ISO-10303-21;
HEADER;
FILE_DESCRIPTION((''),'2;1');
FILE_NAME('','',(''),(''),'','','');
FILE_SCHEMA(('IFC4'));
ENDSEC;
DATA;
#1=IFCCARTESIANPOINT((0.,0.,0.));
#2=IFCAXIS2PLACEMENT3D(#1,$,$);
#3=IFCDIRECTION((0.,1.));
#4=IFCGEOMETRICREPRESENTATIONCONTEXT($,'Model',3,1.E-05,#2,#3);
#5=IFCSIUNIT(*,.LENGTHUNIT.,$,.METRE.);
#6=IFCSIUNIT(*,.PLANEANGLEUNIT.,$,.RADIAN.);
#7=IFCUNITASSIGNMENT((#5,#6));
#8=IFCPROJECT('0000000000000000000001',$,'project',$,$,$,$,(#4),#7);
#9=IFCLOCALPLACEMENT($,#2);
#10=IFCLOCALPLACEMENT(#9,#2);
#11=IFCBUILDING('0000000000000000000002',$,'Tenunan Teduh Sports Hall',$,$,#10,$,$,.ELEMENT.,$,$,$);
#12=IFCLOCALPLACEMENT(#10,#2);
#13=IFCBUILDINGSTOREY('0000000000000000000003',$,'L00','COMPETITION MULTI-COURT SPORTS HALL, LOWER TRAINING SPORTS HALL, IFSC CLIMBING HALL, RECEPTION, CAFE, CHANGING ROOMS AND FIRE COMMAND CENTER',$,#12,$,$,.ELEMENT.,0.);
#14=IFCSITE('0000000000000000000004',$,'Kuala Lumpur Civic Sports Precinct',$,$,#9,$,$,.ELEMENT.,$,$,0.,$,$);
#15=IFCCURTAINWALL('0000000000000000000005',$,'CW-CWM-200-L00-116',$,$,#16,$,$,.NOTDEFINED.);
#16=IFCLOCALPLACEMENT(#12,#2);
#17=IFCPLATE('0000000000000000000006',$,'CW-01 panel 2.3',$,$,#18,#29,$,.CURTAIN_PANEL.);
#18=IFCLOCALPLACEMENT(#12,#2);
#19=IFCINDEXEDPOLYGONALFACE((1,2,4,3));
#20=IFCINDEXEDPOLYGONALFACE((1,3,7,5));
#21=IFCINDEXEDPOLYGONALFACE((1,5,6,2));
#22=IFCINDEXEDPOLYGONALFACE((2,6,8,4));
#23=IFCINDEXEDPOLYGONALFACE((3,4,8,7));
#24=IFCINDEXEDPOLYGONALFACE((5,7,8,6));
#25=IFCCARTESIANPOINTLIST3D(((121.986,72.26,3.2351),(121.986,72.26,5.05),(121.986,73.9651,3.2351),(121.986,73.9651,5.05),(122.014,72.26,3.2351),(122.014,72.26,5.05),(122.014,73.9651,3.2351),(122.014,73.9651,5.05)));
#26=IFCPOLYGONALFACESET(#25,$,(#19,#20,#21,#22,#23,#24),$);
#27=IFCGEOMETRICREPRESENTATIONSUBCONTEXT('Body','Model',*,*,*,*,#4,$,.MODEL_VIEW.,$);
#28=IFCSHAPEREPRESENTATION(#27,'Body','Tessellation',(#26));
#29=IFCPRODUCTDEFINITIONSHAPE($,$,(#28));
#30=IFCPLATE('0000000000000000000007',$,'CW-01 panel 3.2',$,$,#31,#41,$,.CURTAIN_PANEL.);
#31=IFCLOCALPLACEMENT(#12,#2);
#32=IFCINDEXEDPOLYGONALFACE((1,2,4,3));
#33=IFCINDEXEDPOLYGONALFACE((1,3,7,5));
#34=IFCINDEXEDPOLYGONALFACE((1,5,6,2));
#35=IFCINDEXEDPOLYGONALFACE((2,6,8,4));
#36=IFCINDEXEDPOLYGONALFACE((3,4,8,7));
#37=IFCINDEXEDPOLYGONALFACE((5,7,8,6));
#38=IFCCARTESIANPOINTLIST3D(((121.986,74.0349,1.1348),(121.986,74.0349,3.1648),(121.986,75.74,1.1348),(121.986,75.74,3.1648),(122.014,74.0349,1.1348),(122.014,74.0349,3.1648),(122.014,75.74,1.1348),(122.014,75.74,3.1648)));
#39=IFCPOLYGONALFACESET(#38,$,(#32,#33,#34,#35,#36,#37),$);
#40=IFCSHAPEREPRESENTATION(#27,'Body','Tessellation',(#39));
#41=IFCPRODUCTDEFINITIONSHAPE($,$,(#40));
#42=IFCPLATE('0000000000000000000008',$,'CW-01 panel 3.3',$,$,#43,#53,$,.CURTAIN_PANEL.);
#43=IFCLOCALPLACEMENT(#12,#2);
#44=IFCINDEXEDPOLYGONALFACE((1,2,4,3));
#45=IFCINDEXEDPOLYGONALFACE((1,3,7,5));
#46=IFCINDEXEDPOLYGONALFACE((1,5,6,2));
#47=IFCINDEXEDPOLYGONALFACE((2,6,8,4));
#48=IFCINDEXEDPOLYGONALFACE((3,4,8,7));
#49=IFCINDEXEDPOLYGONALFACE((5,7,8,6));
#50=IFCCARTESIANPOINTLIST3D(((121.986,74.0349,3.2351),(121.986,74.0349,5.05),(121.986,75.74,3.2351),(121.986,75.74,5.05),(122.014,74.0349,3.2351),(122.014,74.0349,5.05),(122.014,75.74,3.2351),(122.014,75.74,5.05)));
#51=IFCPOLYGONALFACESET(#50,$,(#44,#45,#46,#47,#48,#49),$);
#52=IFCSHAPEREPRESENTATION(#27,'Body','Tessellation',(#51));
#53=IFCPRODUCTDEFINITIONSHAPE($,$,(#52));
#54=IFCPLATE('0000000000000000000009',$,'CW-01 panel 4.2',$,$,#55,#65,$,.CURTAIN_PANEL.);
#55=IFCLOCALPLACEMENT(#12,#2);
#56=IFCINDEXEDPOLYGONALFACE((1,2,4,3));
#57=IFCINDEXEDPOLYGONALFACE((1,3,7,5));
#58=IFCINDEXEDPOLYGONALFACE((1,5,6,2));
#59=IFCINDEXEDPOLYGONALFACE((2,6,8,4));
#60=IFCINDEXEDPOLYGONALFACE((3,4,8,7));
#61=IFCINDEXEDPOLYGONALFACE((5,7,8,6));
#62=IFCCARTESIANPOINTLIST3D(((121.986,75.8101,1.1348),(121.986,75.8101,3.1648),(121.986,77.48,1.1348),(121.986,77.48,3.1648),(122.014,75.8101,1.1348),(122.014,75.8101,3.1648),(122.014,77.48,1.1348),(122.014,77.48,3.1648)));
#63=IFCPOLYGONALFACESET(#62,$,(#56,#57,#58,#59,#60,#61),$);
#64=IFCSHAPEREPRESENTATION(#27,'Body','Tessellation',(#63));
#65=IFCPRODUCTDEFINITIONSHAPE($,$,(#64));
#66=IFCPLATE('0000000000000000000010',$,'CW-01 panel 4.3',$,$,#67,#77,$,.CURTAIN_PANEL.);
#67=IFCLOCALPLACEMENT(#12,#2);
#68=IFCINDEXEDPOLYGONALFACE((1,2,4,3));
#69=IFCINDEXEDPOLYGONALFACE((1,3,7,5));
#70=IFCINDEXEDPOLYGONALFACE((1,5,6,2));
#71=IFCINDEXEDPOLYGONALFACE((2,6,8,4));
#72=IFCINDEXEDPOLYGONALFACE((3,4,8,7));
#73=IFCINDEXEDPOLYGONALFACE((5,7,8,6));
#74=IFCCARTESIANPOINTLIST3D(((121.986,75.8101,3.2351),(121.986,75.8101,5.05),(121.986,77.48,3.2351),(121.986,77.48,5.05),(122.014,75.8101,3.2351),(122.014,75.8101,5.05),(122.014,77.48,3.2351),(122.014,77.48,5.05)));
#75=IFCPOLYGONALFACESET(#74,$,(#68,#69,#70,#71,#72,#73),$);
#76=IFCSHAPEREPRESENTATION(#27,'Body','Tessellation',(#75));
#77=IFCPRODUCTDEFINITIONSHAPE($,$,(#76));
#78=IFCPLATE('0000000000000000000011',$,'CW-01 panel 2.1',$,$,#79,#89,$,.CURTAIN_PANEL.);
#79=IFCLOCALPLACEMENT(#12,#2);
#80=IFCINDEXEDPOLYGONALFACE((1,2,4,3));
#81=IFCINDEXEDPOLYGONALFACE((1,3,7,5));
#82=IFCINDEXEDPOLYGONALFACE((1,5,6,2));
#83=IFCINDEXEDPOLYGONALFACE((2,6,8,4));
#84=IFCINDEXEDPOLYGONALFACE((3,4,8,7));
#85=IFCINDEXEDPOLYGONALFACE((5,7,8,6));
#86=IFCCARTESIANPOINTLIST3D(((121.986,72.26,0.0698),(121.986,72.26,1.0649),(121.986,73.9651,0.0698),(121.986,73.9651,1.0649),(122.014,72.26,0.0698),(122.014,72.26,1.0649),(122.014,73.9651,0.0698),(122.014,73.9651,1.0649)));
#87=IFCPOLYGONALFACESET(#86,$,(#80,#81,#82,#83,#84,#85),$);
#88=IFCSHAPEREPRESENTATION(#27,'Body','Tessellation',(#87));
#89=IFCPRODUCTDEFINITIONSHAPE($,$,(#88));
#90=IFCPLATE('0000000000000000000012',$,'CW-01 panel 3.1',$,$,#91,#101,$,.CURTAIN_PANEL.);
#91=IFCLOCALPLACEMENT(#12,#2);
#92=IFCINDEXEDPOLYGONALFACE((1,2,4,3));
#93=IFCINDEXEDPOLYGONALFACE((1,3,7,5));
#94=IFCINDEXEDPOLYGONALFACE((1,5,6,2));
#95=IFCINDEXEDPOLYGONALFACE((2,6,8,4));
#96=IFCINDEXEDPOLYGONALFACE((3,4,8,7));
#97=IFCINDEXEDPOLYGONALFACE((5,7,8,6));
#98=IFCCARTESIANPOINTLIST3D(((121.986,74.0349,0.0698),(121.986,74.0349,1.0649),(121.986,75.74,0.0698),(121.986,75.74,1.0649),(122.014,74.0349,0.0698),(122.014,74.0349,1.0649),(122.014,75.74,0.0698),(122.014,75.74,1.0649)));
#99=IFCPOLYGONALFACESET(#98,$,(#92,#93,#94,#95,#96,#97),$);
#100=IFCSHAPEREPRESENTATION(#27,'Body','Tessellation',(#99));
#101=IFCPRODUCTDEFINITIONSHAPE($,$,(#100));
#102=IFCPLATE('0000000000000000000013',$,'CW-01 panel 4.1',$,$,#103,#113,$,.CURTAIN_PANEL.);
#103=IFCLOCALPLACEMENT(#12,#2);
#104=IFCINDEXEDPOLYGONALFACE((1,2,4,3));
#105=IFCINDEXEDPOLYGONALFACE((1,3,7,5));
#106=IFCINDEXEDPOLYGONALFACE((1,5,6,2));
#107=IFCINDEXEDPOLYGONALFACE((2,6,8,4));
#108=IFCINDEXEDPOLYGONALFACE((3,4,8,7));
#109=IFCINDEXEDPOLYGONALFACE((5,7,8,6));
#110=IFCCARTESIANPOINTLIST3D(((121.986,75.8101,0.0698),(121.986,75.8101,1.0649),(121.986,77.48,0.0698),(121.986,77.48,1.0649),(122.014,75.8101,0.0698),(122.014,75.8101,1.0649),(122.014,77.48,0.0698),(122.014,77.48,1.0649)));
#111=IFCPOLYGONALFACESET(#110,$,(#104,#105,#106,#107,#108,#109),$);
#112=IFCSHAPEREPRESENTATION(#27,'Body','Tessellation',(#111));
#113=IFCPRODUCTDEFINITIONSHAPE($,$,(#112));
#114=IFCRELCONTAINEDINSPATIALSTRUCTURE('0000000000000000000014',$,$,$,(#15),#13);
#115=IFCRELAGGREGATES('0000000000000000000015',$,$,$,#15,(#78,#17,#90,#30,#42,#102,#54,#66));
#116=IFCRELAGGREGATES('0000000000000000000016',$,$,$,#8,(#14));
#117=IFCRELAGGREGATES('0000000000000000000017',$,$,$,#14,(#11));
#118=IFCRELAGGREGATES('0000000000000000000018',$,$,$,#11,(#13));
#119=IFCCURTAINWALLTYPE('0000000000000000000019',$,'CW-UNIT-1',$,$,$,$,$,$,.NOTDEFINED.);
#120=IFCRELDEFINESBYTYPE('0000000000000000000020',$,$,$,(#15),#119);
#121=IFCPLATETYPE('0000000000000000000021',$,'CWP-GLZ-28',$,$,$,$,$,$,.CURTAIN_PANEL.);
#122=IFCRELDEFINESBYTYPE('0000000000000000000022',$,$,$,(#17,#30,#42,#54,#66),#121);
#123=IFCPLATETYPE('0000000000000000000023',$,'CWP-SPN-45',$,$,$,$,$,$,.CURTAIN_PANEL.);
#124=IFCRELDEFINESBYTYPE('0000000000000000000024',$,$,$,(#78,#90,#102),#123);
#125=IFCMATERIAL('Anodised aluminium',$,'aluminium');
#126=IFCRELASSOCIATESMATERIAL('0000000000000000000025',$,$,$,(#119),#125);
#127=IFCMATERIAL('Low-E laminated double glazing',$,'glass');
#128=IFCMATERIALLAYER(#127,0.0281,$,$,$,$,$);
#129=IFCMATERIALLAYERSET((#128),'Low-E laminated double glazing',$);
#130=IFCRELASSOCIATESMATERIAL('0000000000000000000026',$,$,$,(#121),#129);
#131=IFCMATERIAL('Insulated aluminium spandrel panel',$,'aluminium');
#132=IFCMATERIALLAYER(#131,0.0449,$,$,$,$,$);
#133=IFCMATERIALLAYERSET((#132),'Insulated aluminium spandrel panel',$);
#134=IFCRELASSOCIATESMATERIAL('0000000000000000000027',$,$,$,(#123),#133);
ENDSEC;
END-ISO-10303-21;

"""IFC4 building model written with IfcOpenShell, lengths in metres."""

from ifc_helpers import new_model, si_unit, direction, frame, origin, origin_2d, place, context, subcontext, project, spatial, rectangle, extrude, material, layer, layer_set, type_object, element, aggregate, save


model = new_model("IFC4")

# Units and contexts
model_context = context("Model", 3, precision=1e-05, world=origin(), true_north=direction((0.0, 1.0)))
body_context = subcontext(model_context, "Body", "Model", "MODEL_VIEW")
ifc_project = project(units=[si_unit("LENGTHUNIT", "METRE"), si_unit("PLANEANGLEUNIT", "RADIAN")], contexts=[model_context])

# Site, building, storey
site_placement = place(None, origin())
site = spatial("IfcSite", under=ifc_project, at=site_placement, Name="Kuala Lumpur Civic Sports Precinct", CompositionType="ELEMENT", RefElevation=0.0)
building_placement = place(site_placement, origin())
building = spatial("IfcBuilding", under=site, at=building_placement, Name="Tenunan Teduh Sports Hall", CompositionType="ELEMENT")
storey_placement = place(building_placement, origin())
storey = spatial("IfcBuildingStorey", under=building, at=storey_placement, Name="L00", Description="COMPETITION MULTI-COURT SPORTS HALL, LOWER TRAINING SPORTS HALL, IFSC CLIMBING HALL, RECEPTION, CAFE, CHANGING ROOMS AND FIRE COMMAND CENTER", CompositionType="ELEMENT", Elevation=0.0)

# Curtain wall, plates
ifc_material_1 = material(Name="Anodised aluminium", Category="aluminium")
curtain_wall_type = type_object("IfcCurtainWallType", Name="CW-UNIT-1", PredefinedType="NOTDEFINED", material=ifc_material_1)
curtain_wall_placement = place(storey_placement, origin())
curtain_wall = element("IfcCurtainWall", 1, at=curtain_wall_placement, inside=storey, type_object=curtain_wall_type, Name="CW-CWM-200-L00-116", PredefinedType="NOTDEFINED")
ifc_material_2 = material(Name="Low-E laminated double glazing", Category="glass")
ifc_layer_1 = layer(ifc_material_2, 0.0281)
ifc_layer_set_1 = layer_set([ifc_layer_1], Name="Low-E laminated double glazing")
plate_type_1 = type_object("IfcPlateType", Name="CWP-GLZ-28", PredefinedType="CURTAIN_PANEL", material=ifc_layer_set_1)
plate_1_placement = place(storey_placement, frame((122.0, 73.1125, 3.2351), z_axis=(0.0, 0.0, 1.0), x_axis=(0.0, 1.0, 0.0)))
plate_1 = element("IfcPlate", 2, at=plate_1_placement, type_object=plate_type_1, Name="CW-01 panel 2.3", PredefinedType="CURTAIN_PANEL", context=body_context, shape_type="SweptSolid", body=[
    extrude(rectangle(XDim=1.7051, YDim=0.0281, at=origin_2d()), origin(), (0.0, 0.0, 1.0), 1.8149),
])
plate_2_placement = place(storey_placement, frame((122.0, 74.8875, 1.1348), z_axis=(0.0, 0.0, 1.0), x_axis=(0.0, 1.0, 0.0)))
plate_2 = element("IfcPlate", 3, at=plate_2_placement, type_object=plate_type_1, Name="CW-01 panel 3.2", PredefinedType="CURTAIN_PANEL", context=body_context, shape_type="SweptSolid", body=[
    extrude(rectangle(XDim=1.7051, YDim=0.0281, at=origin_2d()), origin(), (0.0, 0.0, 1.0), 2.03),
])
plate_3_placement = place(storey_placement, frame((122.0, 74.8875, 3.2351), z_axis=(0.0, 0.0, 1.0), x_axis=(0.0, 1.0, 0.0)))
plate_3 = element("IfcPlate", 4, at=plate_3_placement, type_object=plate_type_1, Name="CW-01 panel 3.3", PredefinedType="CURTAIN_PANEL", context=body_context, shape_type="SweptSolid", body=[
    extrude(rectangle(XDim=1.7051, YDim=0.0281, at=origin_2d()), origin(), (0.0, 0.0, 1.0), 1.8149),
])
plate_4_placement = place(storey_placement, frame((122.0, 76.645, 1.1348), z_axis=(0.0, 0.0, 1.0), x_axis=(0.0, 1.0, 0.0)))
plate_4 = element("IfcPlate", 5, at=plate_4_placement, type_object=plate_type_1, Name="CW-01 panel 4.2", PredefinedType="CURTAIN_PANEL", context=body_context, shape_type="SweptSolid", body=[
    extrude(rectangle(XDim=1.6699, YDim=0.0281, at=origin_2d()), origin(), (0.0, 0.0, 1.0), 2.03),
])
plate_5_placement = place(storey_placement, frame((122.0, 76.645, 3.2351), z_axis=(0.0, 0.0, 1.0), x_axis=(0.0, 1.0, 0.0)))
plate_5 = element("IfcPlate", 6, at=plate_5_placement, type_object=plate_type_1, Name="CW-01 panel 4.3", PredefinedType="CURTAIN_PANEL", context=body_context, shape_type="SweptSolid", body=[
    extrude(rectangle(XDim=1.6699, YDim=0.0281, at=origin_2d()), origin(), (0.0, 0.0, 1.0), 1.8149),
])
ifc_material_3 = material(Name="Insulated aluminium spandrel panel", Category="aluminium")
ifc_layer_2 = layer(ifc_material_3, 0.0449)
ifc_layer_set_2 = layer_set([ifc_layer_2], Name="Insulated aluminium spandrel panel")
plate_type_2 = type_object("IfcPlateType", Name="CWP-SPN-45", PredefinedType="CURTAIN_PANEL", material=ifc_layer_set_2)
plate_6_placement = place(storey_placement, frame((122.0, 73.1125, 0.0698), z_axis=(0.0, 0.0, 1.0), x_axis=(0.0, 1.0, 0.0)))
plate_6 = element("IfcPlate", 7, at=plate_6_placement, type_object=plate_type_2, Name="CW-01 panel 2.1", PredefinedType="CURTAIN_PANEL", context=body_context, shape_type="SweptSolid", body=[
    extrude(rectangle(XDim=1.7051, YDim=0.0281, at=origin_2d()), origin(), (0.0, 0.0, 1.0), 0.9951),
])
plate_7_placement = place(storey_placement, frame((122.0, 74.8875, 0.0698), z_axis=(0.0, 0.0, 1.0), x_axis=(0.0, 1.0, 0.0)))
plate_7 = element("IfcPlate", 8, at=plate_7_placement, type_object=plate_type_2, Name="CW-01 panel 3.1", PredefinedType="CURTAIN_PANEL", context=body_context, shape_type="SweptSolid", body=[
    extrude(rectangle(XDim=1.7051, YDim=0.0281, at=origin_2d()), origin(), (0.0, 0.0, 1.0), 0.9951),
])
plate_8_placement = place(storey_placement, frame((122.0, 76.645, 0.0698), z_axis=(0.0, 0.0, 1.0), x_axis=(0.0, 1.0, 0.0)))
plate_8 = element("IfcPlate", 9, at=plate_8_placement, type_object=plate_type_2, Name="CW-01 panel 4.1", PredefinedType="CURTAIN_PANEL", context=body_context, shape_type="SweptSolid", body=[
    extrude(rectangle(XDim=1.6699, YDim=0.0281, at=origin_2d()), origin(), (0.0, 0.0, 1.0), 0.9951),
])
aggregate(curtain_wall, [plate_6, plate_1, plate_7, plate_2, plate_3, plate_8, plate_4, plate_5])

save(model, "model.ifc")
